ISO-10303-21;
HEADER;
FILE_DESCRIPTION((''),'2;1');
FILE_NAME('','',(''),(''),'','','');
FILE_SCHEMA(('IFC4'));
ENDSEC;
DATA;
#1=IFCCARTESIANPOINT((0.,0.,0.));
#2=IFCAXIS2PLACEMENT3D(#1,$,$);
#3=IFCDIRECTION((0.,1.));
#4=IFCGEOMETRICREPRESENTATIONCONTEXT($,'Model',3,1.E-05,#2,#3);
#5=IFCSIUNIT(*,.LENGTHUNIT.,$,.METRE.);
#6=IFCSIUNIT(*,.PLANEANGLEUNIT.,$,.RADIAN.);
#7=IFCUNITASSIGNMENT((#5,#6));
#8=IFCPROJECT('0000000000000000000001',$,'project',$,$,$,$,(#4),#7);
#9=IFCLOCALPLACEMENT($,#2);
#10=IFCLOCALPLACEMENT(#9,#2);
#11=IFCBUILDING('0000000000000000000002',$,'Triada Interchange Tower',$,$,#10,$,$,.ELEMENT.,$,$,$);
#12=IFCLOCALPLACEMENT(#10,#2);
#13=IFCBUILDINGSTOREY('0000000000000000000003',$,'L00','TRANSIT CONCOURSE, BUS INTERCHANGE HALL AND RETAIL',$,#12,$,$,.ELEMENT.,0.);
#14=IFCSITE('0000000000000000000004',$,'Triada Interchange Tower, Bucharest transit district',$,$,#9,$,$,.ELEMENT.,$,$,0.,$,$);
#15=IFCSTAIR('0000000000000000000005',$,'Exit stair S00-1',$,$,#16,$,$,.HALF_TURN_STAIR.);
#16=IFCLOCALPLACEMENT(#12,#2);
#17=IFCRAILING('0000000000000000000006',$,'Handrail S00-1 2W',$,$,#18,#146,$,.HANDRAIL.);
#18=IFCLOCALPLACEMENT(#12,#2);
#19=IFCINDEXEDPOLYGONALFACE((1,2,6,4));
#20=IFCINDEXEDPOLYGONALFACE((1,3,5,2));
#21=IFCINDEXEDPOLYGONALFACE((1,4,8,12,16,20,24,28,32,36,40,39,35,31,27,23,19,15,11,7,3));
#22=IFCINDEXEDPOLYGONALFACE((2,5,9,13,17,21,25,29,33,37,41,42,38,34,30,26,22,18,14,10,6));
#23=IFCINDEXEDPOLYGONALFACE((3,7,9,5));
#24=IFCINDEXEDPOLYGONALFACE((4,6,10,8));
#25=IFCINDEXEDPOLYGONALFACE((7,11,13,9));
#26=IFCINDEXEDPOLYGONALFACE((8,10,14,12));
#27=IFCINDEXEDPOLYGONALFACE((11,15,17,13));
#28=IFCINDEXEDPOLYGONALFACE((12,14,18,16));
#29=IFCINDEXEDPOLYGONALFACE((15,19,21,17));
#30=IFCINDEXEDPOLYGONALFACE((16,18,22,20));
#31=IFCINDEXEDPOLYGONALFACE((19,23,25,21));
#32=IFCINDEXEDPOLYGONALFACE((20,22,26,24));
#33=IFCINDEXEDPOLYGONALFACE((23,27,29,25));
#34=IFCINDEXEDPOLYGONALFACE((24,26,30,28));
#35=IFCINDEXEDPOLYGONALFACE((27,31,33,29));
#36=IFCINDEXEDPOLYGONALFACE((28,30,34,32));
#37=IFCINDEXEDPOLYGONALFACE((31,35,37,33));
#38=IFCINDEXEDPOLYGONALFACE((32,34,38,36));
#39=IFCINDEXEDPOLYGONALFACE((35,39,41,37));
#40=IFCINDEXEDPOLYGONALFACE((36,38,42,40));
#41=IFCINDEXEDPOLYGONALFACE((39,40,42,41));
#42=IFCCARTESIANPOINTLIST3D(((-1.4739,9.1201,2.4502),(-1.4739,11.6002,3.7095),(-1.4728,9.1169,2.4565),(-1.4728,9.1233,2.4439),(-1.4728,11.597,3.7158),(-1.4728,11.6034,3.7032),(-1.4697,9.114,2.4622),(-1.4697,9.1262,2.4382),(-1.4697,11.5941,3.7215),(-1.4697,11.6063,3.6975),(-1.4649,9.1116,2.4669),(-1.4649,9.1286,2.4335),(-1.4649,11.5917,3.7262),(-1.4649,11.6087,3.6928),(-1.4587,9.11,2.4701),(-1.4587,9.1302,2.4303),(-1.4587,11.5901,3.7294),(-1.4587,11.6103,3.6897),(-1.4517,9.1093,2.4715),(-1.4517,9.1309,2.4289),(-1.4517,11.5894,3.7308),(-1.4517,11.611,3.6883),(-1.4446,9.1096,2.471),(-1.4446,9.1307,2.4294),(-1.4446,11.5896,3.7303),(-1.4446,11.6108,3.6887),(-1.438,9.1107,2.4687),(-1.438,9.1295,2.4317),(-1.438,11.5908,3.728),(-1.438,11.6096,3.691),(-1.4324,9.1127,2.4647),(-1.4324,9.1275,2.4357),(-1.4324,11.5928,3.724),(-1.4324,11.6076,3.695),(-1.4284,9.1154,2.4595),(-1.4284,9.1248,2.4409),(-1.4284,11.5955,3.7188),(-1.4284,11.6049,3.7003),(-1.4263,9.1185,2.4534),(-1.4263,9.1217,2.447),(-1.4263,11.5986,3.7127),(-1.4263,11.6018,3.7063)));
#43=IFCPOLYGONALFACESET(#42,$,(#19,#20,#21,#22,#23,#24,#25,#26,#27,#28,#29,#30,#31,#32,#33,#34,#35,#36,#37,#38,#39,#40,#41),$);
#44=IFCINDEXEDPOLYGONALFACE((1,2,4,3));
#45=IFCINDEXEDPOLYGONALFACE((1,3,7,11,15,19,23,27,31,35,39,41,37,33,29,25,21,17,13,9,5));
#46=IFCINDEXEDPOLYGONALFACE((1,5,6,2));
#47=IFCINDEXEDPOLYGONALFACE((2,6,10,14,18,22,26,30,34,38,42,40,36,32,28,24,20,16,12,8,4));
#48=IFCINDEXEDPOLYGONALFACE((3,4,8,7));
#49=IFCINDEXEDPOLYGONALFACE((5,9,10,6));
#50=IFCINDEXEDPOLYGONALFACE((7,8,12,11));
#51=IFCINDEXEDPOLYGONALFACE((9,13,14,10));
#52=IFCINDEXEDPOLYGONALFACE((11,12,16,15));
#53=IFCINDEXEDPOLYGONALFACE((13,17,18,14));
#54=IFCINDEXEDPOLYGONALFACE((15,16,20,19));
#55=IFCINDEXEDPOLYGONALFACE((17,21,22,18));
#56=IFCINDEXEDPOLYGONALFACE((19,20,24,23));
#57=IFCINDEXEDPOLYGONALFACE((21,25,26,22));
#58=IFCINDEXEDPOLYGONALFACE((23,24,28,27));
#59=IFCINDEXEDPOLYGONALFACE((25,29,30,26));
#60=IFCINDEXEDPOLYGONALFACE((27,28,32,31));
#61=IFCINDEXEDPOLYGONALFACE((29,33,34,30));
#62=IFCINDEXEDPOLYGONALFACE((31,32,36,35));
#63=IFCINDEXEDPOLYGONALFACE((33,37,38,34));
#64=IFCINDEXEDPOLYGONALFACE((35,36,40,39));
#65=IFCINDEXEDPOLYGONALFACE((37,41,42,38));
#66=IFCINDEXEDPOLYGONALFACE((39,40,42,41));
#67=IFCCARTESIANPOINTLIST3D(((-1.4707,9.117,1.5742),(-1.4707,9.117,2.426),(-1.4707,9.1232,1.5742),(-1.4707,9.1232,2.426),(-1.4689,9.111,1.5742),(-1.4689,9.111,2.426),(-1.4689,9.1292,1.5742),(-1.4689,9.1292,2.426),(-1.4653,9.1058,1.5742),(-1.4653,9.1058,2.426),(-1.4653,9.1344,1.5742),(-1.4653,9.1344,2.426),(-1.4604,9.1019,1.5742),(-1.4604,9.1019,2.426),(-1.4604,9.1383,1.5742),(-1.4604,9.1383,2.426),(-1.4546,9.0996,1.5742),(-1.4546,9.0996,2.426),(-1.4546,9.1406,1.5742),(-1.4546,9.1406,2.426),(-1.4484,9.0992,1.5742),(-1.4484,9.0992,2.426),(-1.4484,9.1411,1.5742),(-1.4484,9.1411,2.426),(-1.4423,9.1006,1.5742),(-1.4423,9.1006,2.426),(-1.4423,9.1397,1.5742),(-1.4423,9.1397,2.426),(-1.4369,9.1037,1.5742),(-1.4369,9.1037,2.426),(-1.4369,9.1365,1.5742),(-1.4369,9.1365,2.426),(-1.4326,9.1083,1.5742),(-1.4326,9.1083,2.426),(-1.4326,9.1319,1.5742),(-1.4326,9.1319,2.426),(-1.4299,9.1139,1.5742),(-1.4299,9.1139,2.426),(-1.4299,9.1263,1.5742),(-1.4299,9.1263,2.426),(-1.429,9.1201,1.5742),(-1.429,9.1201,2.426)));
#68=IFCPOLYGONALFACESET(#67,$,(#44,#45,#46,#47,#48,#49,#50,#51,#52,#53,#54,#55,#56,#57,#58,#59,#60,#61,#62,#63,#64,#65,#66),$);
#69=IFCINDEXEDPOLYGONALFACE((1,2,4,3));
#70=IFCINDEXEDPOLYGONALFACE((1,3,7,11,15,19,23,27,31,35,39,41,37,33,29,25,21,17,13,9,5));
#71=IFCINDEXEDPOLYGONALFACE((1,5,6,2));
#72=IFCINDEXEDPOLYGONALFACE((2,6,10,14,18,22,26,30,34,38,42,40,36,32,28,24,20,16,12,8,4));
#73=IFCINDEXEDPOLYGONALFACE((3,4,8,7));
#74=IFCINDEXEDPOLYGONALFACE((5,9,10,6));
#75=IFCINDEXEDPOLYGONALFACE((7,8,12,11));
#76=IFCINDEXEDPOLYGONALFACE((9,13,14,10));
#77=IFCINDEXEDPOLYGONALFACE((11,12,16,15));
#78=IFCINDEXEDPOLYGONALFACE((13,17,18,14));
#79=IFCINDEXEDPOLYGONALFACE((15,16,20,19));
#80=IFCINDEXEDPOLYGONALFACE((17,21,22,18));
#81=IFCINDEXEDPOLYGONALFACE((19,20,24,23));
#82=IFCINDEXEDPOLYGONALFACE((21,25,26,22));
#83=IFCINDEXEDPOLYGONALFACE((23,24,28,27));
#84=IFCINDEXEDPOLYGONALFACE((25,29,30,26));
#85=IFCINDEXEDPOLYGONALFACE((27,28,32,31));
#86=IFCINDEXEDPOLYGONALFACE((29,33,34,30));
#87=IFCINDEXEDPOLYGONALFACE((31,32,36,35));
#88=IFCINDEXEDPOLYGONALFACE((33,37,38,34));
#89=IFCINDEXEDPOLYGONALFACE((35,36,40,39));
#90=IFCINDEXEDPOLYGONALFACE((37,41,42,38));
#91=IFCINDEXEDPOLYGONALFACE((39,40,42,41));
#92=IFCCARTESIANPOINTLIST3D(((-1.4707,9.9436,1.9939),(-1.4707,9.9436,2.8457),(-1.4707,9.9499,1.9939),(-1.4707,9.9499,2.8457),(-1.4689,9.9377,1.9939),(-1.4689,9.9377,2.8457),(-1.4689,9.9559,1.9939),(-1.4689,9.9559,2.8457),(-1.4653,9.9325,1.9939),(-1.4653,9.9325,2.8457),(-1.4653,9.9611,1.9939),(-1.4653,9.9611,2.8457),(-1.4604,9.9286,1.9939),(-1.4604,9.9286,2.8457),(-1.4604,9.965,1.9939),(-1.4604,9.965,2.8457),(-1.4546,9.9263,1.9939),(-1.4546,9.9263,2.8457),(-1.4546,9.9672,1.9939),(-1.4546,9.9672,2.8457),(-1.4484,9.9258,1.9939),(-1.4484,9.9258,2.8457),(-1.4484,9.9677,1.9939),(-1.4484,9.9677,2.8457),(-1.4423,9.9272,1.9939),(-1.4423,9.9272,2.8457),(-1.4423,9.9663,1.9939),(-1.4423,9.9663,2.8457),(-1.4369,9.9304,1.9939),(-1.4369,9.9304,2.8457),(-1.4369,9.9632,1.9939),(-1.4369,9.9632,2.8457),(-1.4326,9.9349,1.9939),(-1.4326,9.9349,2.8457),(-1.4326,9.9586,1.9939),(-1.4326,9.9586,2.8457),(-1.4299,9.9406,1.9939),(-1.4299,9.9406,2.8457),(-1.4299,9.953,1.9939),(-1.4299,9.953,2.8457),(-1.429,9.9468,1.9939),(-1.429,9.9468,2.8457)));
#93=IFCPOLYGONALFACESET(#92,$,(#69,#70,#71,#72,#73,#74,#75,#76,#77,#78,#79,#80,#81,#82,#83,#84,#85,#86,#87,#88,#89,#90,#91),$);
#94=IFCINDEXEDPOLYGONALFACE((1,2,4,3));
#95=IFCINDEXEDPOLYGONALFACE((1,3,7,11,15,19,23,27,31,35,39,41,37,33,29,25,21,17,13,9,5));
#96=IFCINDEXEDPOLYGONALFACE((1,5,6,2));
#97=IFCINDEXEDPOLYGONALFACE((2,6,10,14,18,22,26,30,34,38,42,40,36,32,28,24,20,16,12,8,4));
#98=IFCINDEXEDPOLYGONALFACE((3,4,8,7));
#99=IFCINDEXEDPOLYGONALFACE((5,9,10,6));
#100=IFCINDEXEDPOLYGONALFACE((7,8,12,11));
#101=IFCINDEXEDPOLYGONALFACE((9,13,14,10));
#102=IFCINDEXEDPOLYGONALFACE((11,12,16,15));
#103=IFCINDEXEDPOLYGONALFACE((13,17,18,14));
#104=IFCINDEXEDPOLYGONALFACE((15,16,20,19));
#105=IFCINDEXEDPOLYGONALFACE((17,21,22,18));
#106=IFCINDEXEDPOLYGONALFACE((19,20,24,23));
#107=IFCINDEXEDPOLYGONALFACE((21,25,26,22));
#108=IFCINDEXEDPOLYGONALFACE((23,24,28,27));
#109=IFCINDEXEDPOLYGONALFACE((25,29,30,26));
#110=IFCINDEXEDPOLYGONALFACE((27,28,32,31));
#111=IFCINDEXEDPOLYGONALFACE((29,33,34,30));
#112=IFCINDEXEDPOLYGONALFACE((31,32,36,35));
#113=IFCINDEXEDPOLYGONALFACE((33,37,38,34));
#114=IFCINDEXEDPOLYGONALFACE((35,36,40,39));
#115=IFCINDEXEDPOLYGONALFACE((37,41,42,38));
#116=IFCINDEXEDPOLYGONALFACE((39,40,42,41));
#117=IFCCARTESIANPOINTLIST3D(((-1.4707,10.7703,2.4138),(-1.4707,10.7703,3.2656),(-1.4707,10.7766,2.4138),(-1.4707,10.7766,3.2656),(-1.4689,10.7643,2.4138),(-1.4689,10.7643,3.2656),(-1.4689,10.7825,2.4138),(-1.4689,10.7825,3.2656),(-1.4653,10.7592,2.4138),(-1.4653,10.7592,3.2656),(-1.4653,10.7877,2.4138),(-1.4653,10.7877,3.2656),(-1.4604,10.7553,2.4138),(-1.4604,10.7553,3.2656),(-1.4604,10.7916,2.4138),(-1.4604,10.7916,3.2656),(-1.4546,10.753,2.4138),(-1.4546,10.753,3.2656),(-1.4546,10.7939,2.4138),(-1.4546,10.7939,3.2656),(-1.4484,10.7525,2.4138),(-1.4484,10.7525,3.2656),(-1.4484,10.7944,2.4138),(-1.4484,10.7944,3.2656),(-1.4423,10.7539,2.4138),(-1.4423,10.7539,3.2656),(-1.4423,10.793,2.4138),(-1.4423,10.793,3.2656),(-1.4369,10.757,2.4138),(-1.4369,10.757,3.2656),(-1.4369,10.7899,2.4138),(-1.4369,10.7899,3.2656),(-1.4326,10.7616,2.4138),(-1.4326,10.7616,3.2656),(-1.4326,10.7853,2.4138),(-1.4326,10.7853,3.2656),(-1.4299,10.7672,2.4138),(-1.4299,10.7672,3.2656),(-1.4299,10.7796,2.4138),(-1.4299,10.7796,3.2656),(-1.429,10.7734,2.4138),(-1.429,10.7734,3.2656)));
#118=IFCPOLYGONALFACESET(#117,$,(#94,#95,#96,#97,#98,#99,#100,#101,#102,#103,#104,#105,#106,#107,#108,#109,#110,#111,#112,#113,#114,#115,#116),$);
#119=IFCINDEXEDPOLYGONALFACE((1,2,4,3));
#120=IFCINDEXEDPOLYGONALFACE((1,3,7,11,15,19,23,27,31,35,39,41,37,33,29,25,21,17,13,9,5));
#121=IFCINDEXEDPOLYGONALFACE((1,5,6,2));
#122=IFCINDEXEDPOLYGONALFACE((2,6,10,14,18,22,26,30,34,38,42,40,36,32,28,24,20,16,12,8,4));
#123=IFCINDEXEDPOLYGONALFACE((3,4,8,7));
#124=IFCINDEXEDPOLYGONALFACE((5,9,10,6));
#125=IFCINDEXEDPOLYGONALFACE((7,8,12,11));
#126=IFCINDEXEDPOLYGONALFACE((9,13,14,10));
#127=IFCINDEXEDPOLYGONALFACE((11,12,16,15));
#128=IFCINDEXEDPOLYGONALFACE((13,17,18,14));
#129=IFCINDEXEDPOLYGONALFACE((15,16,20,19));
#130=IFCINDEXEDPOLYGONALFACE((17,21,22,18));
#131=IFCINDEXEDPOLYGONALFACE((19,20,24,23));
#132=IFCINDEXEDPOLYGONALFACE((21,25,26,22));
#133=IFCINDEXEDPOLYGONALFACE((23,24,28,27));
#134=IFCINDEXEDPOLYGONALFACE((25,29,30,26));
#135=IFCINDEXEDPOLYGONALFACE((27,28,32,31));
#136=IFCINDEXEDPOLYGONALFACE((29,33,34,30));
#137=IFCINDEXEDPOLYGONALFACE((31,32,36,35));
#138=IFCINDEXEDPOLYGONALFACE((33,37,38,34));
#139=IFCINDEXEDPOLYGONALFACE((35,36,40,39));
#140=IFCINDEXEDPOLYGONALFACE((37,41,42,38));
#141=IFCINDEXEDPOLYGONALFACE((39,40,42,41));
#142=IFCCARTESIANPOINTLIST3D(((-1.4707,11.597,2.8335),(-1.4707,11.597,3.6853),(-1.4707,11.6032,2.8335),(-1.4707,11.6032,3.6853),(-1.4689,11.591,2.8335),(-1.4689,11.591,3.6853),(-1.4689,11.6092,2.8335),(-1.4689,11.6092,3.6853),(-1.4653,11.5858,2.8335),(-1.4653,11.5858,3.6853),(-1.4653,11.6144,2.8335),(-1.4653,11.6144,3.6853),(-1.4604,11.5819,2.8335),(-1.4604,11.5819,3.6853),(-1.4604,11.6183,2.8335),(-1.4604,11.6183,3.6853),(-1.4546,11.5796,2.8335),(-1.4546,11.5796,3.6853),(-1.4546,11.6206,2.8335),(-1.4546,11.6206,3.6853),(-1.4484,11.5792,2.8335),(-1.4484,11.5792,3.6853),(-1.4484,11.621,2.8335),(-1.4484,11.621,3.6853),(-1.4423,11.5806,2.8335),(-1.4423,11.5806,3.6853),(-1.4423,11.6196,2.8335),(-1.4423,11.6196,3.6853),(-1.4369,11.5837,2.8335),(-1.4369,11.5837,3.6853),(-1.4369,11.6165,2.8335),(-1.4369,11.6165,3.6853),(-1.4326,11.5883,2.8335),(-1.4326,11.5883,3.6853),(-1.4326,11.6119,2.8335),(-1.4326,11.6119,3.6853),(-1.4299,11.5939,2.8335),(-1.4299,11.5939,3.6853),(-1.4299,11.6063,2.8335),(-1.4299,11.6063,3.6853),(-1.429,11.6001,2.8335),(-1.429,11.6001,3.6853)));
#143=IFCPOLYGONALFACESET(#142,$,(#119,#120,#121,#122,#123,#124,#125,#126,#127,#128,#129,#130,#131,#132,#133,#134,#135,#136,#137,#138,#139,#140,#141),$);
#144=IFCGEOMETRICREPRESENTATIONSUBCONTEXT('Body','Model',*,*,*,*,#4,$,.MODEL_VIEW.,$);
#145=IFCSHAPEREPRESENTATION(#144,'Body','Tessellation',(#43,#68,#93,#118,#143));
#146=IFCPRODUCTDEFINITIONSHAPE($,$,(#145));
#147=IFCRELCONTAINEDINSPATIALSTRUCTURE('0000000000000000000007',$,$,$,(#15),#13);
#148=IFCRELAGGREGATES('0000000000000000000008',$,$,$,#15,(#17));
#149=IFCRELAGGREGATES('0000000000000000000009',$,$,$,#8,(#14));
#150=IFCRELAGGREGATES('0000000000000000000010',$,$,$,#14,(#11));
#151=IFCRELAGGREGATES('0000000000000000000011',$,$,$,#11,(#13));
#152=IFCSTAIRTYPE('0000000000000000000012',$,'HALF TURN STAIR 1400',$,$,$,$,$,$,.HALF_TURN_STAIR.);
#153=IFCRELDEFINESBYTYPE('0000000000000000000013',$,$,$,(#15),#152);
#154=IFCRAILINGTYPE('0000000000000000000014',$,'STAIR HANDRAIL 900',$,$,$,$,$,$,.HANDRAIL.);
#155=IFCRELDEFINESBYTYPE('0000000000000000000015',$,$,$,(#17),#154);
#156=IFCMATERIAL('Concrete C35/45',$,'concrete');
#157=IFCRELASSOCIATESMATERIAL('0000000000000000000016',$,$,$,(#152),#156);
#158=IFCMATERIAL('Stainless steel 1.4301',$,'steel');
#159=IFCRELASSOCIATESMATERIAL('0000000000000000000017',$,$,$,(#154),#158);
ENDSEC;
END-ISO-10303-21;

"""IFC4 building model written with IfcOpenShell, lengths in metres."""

from ifc_helpers import new_model, si_unit, direction, frame, origin, origin_2d, place, context, subcontext, project, spatial, circle, extrude, material, type_object, element, aggregate, save


model = new_model("IFC4")

# Units and contexts
model_context = context("Model", 3, precision=1e-05, world=origin(), true_north=direction((0.0, 1.0)))
body_context = subcontext(model_context, "Body", "Model", "MODEL_VIEW")
ifc_project = project(units=[si_unit("LENGTHUNIT", "METRE"), si_unit("PLANEANGLEUNIT", "RADIAN")], contexts=[model_context])

# Site, building, storey
site_placement = place(None, origin())
site = spatial("IfcSite", under=ifc_project, at=site_placement, Name="Triada Interchange Tower, Bucharest transit district", CompositionType="ELEMENT", RefElevation=0.0)
building_placement = place(site_placement, origin())
building = spatial("IfcBuilding", under=site, at=building_placement, Name="Triada Interchange Tower", CompositionType="ELEMENT")
storey_placement = place(building_placement, origin())
storey = spatial("IfcBuildingStorey", under=building, at=storey_placement, Name="L00", Description="TRANSIT CONCOURSE, BUS INTERCHANGE HALL AND RETAIL", CompositionType="ELEMENT", Elevation=0.0)

# Stair
ifc_material_1 = material(Name="Concrete C35/45", Category="concrete")
stair_type = type_object("IfcStairType", Name="HALF TURN STAIR 1400", PredefinedType="HALF_TURN_STAIR", material=ifc_material_1)
stair_placement = place(storey_placement, origin())
stair = element("IfcStair", 1, at=stair_placement, inside=storey, type_object=stair_type, Name="Exit stair S00-1", PredefinedType="HALF_TURN_STAIR")

# Railing
ifc_material_2 = material(Name="Stainless steel 1.4301", Category="steel")
railing_type = type_object("IfcRailingType", Name="STAIR HANDRAIL 900", PredefinedType="HANDRAIL", material=ifc_material_2)
railing_1_placement = place(storey_placement, frame((-1.45, 9.1201, 1.5742)))
railing_1 = element("IfcRailing", 2, at=railing_1_placement, type_object=railing_type, Name="Handrail S00-1 2W", PredefinedType="HANDRAIL", context=body_context, shape_type="SweptSolid", body=[
    extrude(circle(Radius=0.0239, at=origin_2d()), frame((0.0, 0.0, 0.876), z_axis=(0.0, 0.891636, 0.452752), x_axis=(-1.0, 0.0, 0.0)), (0.0, 0.0, 1.0), 2.7815),
    extrude(circle(Radius=0.021, at=origin_2d()), origin(), (0.0, 0.0, 1.0), 0.8518),
    extrude(circle(Radius=0.021, at=origin_2d()), frame((0.0, 0.8267, 0.4197)), (0.0, 0.0, 1.0), 0.8518),
    extrude(circle(Radius=0.021, at=origin_2d()), frame((0.0, 1.6533, 0.8396)), (0.0, 0.0, 1.0), 0.8518),
    extrude(circle(Radius=0.021, at=origin_2d()), frame((0.0, 2.48, 1.2593)), (0.0, 0.0, 1.0), 0.8518),
])
aggregate(stair, [railing_1])

save(model, "model.ifc")
